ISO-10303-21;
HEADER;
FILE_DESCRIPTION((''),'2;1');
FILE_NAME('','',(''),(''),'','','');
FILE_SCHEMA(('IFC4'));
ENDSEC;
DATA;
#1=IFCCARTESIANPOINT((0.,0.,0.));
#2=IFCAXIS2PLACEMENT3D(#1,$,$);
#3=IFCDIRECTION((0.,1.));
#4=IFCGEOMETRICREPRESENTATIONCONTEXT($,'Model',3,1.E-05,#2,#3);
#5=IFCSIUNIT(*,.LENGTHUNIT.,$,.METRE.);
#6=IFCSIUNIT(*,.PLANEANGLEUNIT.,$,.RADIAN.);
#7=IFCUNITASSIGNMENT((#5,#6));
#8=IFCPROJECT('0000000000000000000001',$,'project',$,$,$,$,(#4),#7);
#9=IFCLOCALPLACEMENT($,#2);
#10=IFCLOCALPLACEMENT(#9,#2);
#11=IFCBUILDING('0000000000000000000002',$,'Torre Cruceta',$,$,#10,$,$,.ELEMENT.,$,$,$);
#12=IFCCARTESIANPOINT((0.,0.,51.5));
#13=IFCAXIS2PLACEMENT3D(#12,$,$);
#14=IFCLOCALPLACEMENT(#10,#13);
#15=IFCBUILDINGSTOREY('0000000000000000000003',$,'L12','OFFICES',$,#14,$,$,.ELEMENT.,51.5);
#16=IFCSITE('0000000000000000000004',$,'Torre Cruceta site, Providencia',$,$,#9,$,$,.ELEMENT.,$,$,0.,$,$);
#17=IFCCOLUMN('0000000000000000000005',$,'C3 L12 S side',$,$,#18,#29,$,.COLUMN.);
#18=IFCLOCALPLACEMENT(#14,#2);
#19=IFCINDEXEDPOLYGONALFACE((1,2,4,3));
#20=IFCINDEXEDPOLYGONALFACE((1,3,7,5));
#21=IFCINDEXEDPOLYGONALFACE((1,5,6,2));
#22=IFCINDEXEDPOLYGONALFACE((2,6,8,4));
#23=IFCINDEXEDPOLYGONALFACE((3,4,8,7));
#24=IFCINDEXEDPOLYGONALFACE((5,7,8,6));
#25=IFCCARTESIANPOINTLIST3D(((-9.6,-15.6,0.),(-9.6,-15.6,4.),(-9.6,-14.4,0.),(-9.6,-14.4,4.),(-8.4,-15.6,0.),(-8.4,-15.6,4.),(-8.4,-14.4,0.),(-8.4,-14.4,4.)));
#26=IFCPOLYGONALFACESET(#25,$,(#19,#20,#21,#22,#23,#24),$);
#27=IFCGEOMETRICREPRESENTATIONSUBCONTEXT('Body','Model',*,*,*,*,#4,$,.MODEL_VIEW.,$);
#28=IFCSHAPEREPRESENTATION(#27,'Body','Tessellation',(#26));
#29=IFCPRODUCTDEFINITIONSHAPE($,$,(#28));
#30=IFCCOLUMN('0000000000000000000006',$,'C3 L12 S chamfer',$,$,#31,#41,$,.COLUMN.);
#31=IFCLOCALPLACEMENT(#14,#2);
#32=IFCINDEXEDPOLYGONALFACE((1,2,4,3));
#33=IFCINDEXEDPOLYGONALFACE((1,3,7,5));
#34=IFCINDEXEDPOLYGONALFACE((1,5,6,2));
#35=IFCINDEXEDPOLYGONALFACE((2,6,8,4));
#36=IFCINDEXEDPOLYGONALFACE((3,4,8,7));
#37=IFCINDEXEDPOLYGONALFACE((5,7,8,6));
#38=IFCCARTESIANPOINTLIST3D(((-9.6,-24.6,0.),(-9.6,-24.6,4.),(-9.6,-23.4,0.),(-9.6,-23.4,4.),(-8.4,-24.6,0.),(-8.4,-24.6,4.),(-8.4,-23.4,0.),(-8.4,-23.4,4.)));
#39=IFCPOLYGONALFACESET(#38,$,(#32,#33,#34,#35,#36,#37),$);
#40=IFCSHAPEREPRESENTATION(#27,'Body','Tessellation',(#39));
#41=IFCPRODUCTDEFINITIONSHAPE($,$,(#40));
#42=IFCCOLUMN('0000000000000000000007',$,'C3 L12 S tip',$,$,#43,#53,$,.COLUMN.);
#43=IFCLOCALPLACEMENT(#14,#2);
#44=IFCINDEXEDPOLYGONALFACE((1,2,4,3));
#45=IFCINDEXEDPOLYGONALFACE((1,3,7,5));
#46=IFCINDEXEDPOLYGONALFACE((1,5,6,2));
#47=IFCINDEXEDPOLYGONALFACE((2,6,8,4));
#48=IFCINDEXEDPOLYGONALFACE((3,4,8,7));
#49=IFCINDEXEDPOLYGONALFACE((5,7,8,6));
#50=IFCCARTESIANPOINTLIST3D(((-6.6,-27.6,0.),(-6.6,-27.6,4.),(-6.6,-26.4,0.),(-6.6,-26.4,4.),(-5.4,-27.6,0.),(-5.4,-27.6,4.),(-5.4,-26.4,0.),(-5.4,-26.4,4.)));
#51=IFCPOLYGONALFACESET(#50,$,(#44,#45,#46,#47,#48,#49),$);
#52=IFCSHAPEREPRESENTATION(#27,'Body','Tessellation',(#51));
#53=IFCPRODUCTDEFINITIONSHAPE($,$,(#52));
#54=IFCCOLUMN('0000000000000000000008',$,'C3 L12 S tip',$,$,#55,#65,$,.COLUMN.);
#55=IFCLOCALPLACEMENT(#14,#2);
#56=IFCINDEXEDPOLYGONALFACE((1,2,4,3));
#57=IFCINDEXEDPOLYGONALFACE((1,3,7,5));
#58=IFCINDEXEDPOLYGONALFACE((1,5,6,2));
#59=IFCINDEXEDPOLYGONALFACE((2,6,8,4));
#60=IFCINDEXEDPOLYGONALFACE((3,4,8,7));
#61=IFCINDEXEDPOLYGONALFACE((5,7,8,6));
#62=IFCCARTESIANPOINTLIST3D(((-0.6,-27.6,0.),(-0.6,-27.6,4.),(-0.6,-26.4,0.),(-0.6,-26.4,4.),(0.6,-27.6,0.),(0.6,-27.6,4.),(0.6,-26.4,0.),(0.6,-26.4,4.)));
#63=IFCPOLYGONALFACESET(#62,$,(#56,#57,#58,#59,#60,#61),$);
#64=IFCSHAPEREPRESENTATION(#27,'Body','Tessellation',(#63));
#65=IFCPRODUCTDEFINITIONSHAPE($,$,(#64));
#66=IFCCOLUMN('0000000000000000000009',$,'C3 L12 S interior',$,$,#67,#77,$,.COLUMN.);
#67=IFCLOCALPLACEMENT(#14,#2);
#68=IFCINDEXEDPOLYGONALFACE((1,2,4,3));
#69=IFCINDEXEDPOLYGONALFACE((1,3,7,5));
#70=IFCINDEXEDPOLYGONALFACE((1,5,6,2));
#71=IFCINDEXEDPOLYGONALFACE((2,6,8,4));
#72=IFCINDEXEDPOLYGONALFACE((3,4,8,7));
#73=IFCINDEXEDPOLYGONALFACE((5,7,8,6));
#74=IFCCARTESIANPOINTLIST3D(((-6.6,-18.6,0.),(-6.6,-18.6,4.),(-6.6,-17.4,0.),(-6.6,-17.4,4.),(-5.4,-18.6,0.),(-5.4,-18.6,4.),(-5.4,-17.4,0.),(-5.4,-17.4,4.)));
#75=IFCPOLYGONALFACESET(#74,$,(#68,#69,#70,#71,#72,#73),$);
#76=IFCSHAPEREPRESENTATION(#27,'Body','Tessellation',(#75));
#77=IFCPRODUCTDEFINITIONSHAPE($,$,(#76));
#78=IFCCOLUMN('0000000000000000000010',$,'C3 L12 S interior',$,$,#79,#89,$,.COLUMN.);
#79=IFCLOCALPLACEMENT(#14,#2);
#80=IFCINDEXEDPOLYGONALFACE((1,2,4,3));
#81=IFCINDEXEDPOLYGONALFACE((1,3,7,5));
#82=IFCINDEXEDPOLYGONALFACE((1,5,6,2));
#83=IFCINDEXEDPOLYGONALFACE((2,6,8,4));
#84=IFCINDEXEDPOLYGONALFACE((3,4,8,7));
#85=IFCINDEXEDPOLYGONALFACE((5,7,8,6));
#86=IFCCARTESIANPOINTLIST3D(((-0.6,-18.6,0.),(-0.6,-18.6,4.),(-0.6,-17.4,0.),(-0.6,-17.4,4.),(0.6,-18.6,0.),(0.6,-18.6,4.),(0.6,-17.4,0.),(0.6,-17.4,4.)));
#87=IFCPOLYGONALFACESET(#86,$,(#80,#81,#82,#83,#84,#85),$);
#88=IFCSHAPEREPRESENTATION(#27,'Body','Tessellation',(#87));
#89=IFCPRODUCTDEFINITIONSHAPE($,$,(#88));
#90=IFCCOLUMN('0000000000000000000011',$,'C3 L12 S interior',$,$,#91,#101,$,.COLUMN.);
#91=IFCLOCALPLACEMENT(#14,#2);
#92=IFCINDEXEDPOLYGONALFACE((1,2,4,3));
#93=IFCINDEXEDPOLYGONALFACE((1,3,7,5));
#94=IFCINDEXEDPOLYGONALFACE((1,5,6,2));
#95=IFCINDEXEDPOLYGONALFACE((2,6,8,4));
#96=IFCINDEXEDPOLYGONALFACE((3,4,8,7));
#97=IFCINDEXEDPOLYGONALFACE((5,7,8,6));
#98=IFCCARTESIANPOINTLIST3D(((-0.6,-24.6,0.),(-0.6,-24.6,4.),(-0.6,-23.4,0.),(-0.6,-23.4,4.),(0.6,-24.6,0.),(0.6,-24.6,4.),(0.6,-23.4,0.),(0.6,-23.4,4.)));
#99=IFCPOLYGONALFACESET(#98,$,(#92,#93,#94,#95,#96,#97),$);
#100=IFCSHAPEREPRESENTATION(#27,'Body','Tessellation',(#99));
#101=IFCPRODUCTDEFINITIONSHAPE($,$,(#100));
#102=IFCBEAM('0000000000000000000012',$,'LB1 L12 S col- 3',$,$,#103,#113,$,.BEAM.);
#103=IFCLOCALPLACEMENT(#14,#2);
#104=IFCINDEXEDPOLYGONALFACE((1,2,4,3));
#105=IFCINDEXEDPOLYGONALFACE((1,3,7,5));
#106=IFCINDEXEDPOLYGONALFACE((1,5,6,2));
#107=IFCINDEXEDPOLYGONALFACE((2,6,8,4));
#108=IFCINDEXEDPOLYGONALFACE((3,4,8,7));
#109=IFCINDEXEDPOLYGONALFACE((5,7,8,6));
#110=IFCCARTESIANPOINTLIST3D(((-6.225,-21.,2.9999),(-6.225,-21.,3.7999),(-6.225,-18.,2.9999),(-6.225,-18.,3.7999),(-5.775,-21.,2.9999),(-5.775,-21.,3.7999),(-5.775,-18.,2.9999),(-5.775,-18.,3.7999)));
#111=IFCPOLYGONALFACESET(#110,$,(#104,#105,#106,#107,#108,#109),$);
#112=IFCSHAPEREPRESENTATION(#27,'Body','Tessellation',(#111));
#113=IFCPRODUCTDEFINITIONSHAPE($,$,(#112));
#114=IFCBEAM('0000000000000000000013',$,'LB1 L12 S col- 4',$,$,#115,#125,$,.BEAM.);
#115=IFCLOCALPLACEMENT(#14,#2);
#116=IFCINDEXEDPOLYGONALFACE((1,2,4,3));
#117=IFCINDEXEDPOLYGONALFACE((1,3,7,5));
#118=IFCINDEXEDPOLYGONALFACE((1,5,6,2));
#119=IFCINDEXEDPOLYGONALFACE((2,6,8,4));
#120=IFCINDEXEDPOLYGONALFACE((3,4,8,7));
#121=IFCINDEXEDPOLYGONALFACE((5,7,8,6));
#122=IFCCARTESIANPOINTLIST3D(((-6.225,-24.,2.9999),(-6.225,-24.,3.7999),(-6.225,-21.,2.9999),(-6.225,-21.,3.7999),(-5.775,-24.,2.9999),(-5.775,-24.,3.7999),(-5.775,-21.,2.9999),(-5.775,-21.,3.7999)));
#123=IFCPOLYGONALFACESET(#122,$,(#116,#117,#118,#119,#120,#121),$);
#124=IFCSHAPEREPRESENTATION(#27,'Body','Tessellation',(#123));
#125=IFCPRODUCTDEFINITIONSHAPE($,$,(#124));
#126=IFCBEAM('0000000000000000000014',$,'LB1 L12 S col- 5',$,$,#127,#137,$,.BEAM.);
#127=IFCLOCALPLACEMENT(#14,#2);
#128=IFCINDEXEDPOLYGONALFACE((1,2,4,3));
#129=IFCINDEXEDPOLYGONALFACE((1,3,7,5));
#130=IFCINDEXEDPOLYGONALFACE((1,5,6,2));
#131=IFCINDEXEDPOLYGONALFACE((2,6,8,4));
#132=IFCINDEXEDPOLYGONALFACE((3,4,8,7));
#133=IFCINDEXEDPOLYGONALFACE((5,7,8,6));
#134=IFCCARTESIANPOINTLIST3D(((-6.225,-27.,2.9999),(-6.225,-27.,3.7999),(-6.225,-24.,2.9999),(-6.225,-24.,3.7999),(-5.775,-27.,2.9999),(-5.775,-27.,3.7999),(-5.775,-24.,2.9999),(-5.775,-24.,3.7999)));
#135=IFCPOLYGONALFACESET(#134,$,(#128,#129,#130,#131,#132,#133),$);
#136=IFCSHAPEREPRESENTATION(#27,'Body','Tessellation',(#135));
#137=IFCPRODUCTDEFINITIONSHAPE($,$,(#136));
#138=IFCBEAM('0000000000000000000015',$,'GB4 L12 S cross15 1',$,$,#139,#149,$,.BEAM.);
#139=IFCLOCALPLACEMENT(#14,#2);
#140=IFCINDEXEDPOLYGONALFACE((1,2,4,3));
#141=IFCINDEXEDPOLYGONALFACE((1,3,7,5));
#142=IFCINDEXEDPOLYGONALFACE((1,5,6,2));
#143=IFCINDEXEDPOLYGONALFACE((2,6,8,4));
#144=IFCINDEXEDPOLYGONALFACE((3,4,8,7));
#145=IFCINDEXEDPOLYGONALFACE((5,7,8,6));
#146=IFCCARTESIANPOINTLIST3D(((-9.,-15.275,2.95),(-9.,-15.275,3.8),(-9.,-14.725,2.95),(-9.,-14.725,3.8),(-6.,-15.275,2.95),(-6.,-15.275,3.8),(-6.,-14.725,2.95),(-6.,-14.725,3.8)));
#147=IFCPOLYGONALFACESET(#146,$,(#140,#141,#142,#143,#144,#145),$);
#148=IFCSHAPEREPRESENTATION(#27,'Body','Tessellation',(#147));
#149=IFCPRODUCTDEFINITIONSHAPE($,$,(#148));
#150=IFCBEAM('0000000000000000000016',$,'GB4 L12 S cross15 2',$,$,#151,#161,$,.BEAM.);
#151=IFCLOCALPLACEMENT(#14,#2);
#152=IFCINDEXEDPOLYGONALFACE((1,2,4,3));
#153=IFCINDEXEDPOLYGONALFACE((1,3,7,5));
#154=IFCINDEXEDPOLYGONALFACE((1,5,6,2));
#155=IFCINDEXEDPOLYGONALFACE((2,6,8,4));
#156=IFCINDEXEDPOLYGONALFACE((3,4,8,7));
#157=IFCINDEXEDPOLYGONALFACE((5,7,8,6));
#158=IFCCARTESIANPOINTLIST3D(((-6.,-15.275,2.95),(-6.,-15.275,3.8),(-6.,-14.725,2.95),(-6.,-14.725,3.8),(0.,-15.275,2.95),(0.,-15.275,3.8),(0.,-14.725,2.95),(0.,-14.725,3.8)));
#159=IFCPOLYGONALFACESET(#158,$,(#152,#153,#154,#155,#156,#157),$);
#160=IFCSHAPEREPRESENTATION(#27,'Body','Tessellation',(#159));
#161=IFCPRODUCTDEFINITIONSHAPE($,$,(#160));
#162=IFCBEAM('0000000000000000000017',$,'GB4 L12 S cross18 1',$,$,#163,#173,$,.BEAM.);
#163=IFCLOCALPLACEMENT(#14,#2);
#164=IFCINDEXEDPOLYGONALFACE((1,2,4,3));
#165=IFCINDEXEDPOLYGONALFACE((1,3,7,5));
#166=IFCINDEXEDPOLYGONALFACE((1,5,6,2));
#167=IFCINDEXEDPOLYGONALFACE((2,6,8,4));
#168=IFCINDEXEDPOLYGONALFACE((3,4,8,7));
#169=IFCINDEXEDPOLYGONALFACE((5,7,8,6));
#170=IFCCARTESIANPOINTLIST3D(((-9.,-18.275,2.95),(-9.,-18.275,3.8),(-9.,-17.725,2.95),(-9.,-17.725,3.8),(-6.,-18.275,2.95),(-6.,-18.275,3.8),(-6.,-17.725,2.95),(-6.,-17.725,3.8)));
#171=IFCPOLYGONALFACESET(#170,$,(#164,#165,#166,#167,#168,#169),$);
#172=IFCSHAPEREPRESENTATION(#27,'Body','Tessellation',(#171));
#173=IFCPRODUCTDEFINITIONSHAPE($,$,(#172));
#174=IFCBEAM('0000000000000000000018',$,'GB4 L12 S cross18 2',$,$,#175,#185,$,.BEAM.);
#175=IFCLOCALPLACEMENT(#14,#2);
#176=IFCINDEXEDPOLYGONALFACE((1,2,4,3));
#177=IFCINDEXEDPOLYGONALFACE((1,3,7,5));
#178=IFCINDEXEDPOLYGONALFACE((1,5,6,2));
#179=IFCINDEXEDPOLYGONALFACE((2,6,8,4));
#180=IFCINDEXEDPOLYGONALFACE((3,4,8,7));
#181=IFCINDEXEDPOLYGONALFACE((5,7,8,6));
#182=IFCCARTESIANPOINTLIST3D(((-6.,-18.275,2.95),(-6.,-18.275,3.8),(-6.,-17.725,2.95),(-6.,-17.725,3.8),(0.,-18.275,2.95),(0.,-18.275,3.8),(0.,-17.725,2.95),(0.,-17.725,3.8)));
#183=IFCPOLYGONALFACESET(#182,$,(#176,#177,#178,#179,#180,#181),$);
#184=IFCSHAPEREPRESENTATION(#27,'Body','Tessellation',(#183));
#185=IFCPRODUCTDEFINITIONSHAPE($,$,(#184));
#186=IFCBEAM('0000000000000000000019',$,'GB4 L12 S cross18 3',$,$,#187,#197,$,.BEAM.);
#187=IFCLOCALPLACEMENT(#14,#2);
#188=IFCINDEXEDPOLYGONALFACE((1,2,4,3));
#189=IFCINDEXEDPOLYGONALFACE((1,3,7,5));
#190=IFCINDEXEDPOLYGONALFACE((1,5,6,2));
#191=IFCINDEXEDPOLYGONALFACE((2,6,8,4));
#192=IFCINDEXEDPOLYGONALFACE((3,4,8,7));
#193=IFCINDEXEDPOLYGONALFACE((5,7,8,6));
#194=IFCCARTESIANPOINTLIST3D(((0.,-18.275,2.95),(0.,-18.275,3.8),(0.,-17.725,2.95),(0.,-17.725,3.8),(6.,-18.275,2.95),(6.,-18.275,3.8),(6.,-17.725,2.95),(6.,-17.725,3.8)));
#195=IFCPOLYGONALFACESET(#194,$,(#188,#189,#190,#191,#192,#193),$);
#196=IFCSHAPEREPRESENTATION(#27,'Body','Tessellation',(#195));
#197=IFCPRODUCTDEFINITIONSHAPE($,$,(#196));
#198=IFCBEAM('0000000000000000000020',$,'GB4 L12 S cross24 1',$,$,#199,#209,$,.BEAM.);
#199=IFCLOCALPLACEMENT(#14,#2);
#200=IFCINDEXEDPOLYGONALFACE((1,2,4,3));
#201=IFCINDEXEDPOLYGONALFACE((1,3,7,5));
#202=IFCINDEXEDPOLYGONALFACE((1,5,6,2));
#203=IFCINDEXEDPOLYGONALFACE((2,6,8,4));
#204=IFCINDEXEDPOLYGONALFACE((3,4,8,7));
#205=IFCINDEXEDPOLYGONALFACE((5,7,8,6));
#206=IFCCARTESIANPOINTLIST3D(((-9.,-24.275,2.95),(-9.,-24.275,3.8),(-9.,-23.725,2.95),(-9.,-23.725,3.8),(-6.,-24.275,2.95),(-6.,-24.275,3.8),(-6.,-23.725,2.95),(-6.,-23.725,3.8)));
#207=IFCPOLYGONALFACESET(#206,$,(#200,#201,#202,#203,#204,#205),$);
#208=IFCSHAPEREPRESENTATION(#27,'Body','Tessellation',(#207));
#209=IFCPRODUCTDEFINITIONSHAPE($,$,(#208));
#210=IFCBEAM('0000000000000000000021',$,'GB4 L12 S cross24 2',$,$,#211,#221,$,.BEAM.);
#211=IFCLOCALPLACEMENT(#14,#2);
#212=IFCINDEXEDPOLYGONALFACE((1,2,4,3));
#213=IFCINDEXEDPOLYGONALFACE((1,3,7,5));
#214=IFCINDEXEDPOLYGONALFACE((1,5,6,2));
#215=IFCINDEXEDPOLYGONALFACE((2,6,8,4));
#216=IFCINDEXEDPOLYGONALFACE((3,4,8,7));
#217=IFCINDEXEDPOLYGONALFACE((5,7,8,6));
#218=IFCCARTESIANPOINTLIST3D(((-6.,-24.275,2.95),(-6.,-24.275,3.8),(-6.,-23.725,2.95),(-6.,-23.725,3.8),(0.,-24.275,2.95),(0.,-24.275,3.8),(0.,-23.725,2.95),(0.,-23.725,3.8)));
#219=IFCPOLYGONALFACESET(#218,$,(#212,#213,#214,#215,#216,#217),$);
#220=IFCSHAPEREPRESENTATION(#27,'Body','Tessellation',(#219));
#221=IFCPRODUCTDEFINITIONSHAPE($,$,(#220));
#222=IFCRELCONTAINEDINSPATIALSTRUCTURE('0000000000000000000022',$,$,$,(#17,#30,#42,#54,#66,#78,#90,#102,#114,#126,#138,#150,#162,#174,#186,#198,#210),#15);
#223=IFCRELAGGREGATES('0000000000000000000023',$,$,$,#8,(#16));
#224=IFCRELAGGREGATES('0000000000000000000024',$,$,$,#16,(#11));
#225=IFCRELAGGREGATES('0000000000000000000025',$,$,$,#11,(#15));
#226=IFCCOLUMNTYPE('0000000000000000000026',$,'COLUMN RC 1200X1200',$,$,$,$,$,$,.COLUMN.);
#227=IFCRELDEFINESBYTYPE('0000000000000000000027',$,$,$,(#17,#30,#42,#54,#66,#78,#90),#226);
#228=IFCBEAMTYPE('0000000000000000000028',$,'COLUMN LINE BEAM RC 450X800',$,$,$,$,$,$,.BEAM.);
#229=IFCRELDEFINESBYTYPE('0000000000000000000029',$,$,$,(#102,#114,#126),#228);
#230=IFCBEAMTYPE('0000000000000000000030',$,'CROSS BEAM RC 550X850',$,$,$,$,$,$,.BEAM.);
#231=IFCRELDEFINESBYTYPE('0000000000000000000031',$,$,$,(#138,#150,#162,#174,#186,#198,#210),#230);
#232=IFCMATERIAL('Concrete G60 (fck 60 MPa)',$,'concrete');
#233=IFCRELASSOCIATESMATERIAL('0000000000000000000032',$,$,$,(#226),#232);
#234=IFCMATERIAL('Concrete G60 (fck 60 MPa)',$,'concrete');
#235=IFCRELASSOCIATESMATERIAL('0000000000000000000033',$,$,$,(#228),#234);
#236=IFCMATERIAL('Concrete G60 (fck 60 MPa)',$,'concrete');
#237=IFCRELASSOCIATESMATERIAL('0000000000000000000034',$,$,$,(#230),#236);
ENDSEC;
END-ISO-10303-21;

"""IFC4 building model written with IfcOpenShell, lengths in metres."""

from ifc_helpers import new_model, si_unit, direction, frame, origin, origin_2d, place, context, subcontext, project, spatial, rectangle, extrude, material, material_profile, profile_set, type_object, element, save


model = new_model("IFC4")

# Units and contexts
model_context = context("Model", 3, precision=1e-05, world=origin(), true_north=direction((0.0, 1.0)))
body_context = subcontext(model_context, "Body", "Model", "MODEL_VIEW")
ifc_project = project(units=[si_unit("LENGTHUNIT", "METRE"), si_unit("PLANEANGLEUNIT", "RADIAN")], contexts=[model_context])

# Site, building, storey
site_placement = place(None, origin())
site = spatial("IfcSite", under=ifc_project, at=site_placement, Name="Torre Cruceta site, Providencia", CompositionType="ELEMENT", RefElevation=0.0)
building_placement = place(site_placement, origin())
building = spatial("IfcBuilding", under=site, at=building_placement, Name="Torre Cruceta", CompositionType="ELEMENT")
storey_placement = place(building_placement, frame((0.0, 0.0, 51.5)))
storey = spatial("IfcBuildingStorey", under=building, at=storey_placement, Name="L12", Description="OFFICES", CompositionType="ELEMENT", Elevation=51.5)

# Columns
ifc_material_1 = material(Name="Concrete G60 (fck 60 MPa)", Category="concrete")
ifc_material_profile_1 = material_profile(ifc_material_1, rectangle(XDim=1.2, YDim=1.2, at=origin_2d()), Name="RC 1200X1200")
ifc_profile_set_1 = profile_set([ifc_material_profile_1], Name="Concrete G60 (fck 60 MPa)")
column_type = type_object("IfcColumnType", Name="COLUMN RC 1200X1200", PredefinedType="COLUMN", material=ifc_profile_set_1)
for number, where, z_axis, x_axis, name in (
    (1, (-9.0, -15.0, 0.0), (0.0, 0.0, 1.0), (1.0, 0.0, 0.0), "C3 L12 S side"),
    (2, (-9.0, -24.0, 0.0), (0.0, 0.0, 1.0), (1.0, 0.0, 0.0), "C3 L12 S chamfer"),
    (3, (-6.0, -27.0, 0.0), (0.0, 0.0, 1.0), (1.0, 0.0, 0.0), "C3 L12 S tip"),
    (4, (0.0, -27.0, 0.0), (0.0, 0.0, 1.0), (1.0, 0.0, 0.0), "C3 L12 S tip"),
    (5, (-6.0, -18.0, 0.0), (0.0, 0.0, 1.0), (1.0, 0.0, 0.0), "C3 L12 S interior"),
    (6, (0.0, -18.0, 0.0), (0.0, 0.0, 1.0), (1.0, 0.0, 0.0), "C3 L12 S interior"),
    (7, (0.0, -24.0, 0.0), (0.0, 0.0, 1.0), (1.0, 0.0, 0.0), "C3 L12 S interior"),
):
    element("IfcColumn", number, at=place(storey_placement, frame(where, z_axis=z_axis, x_axis=x_axis)), inside=storey, type_object=column_type, Name=name, PredefinedType="COLUMN", context=body_context, shape_type="SweptSolid", body=[
        extrude(rectangle(XDim=1.2, YDim=1.2, at=origin_2d()), origin(), (0.0, 0.0, 1.0), 4.0),
    ])

# Beams
ifc_material_2 = material(Name="Concrete G60 (fck 60 MPa)", Category="concrete")
ifc_material_profile_2 = material_profile(ifc_material_2, rectangle(XDim=0.45, YDim=0.8, at=origin_2d()), Name="RC 450X800")
ifc_profile_set_2 = profile_set([ifc_material_profile_2], Name="Concrete G60 (fck 60 MPa)")
beam_type_1 = type_object("IfcBeamType", Name="COLUMN LINE BEAM RC 450X800", PredefinedType="BEAM", material=ifc_profile_set_2)
for number, where, z_axis, x_axis, name in (
    (8, (-6.0, -18.0, 3.3999), (0.0, -1.0, 0.0), (1.0, 0.0, 0.0), "LB1 L12 S col- 3"),
    (9, (-6.0, -21.0, 3.3999), (0.0, -1.0, 0.0), (1.0, 0.0, 0.0), "LB1 L12 S col- 4"),
    (10, (-6.0, -24.0, 3.3999), (0.0, -1.0, 0.0), (1.0, 0.0, 0.0), "LB1 L12 S col- 5"),
):
    element("IfcBeam", number, at=place(storey_placement, frame(where, z_axis=z_axis, x_axis=x_axis)), inside=storey, type_object=beam_type_1, Name=name, PredefinedType="BEAM", context=body_context, shape_type="SweptSolid", body=[
        extrude(rectangle(XDim=0.45, YDim=0.8, at=origin_2d()), origin(), (0.0, 0.0, 1.0), 3.0),
    ])
ifc_material_3 = material(Name="Concrete G60 (fck 60 MPa)", Category="concrete")
ifc_material_profile_3 = material_profile(ifc_material_3, rectangle(XDim=0.55, YDim=0.8501, at=origin_2d()), Name="RC 550X850")
ifc_profile_set_3 = profile_set([ifc_material_profile_3], Name="Concrete G60 (fck 60 MPa)")
beam_type_2 = type_object("IfcBeamType", Name="CROSS BEAM RC 550X850", PredefinedType="BEAM", material=ifc_profile_set_3)
beam_1_placement = place(storey_placement, frame((-9.0, -15.0, 3.375), z_axis=(1.0, 0.0, 0.0), x_axis=(0.0, 1.0, 0.0)))
element("IfcBeam", 11, at=beam_1_placement, inside=storey, type_object=beam_type_2, Name="GB4 L12 S cross15 1", PredefinedType="BEAM", context=body_context, shape_type="SweptSolid", body=[
    extrude(rectangle(XDim=0.55, YDim=0.8501, at=origin_2d()), origin(), (0.0, 0.0, 1.0), 3.0),
])
beam_2_placement = place(storey_placement, frame((-6.0, -15.0, 3.375), z_axis=(1.0, 0.0, 0.0), x_axis=(0.0, 1.0, 0.0)))
element("IfcBeam", 12, at=beam_2_placement, inside=storey, type_object=beam_type_2, Name="GB4 L12 S cross15 2", PredefinedType="BEAM", context=body_context, shape_type="SweptSolid", body=[
    extrude(rectangle(XDim=0.55, YDim=0.8501, at=origin_2d()), origin(), (0.0, 0.0, 1.0), 6.0),
])
beam_3_placement = place(storey_placement, frame((-9.0, -18.0, 3.375), z_axis=(1.0, 0.0, 0.0), x_axis=(0.0, 1.0, 0.0)))
element("IfcBeam", 13, at=beam_3_placement, inside=storey, type_object=beam_type_2, Name="GB4 L12 S cross18 1", PredefinedType="BEAM", context=body_context, shape_type="SweptSolid", body=[
    extrude(rectangle(XDim=0.55, YDim=0.8501, at=origin_2d()), origin(), (0.0, 0.0, 1.0), 3.0),
])
for number, where, z_axis, x_axis, name in (
    (14, (-6.0, -18.0, 3.375), (1.0, 0.0, 0.0), (0.0, 1.0, 0.0), "GB4 L12 S cross18 2"),
    (15, (0.0, -18.0, 3.375), (1.0, 0.0, 0.0), (0.0, 1.0, 0.0), "GB4 L12 S cross18 3"),
):
    element("IfcBeam", number, at=place(storey_placement, frame(where, z_axis=z_axis, x_axis=x_axis)), inside=storey, type_object=beam_type_2, Name=name, PredefinedType="BEAM", context=body_context, shape_type="SweptSolid", body=[
        extrude(rectangle(XDim=0.55, YDim=0.8501, at=origin_2d()), origin(), (0.0, 0.0, 1.0), 6.0),
    ])
beam_4_placement = place(storey_placement, frame((-9.0, -24.0, 3.375), z_axis=(1.0, 0.0, 0.0), x_axis=(0.0, 1.0, 0.0)))
element("IfcBeam", 16, at=beam_4_placement, inside=storey, type_object=beam_type_2, Name="GB4 L12 S cross24 1", PredefinedType="BEAM", context=body_context, shape_type="SweptSolid", body=[
    extrude(rectangle(XDim=0.55, YDim=0.8501, at=origin_2d()), origin(), (0.0, 0.0, 1.0), 3.0),
])
for number, where, z_axis, x_axis, name in (
    (17, (-6.0, -24.0, 3.375), (1.0, 0.0, 0.0), (0.0, 1.0, 0.0), "GB4 L12 S cross24 2"),
):
    element("IfcBeam", number, at=place(storey_placement, frame(where, z_axis=z_axis, x_axis=x_axis)), inside=storey, type_object=beam_type_2, Name=name, PredefinedType="BEAM", context=body_context, shape_type="SweptSolid", body=[
        extrude(rectangle(XDim=0.55, YDim=0.8501, at=origin_2d()), origin(), (0.0, 0.0, 1.0), 6.0),
    ])

save(model, "model.ifc")
